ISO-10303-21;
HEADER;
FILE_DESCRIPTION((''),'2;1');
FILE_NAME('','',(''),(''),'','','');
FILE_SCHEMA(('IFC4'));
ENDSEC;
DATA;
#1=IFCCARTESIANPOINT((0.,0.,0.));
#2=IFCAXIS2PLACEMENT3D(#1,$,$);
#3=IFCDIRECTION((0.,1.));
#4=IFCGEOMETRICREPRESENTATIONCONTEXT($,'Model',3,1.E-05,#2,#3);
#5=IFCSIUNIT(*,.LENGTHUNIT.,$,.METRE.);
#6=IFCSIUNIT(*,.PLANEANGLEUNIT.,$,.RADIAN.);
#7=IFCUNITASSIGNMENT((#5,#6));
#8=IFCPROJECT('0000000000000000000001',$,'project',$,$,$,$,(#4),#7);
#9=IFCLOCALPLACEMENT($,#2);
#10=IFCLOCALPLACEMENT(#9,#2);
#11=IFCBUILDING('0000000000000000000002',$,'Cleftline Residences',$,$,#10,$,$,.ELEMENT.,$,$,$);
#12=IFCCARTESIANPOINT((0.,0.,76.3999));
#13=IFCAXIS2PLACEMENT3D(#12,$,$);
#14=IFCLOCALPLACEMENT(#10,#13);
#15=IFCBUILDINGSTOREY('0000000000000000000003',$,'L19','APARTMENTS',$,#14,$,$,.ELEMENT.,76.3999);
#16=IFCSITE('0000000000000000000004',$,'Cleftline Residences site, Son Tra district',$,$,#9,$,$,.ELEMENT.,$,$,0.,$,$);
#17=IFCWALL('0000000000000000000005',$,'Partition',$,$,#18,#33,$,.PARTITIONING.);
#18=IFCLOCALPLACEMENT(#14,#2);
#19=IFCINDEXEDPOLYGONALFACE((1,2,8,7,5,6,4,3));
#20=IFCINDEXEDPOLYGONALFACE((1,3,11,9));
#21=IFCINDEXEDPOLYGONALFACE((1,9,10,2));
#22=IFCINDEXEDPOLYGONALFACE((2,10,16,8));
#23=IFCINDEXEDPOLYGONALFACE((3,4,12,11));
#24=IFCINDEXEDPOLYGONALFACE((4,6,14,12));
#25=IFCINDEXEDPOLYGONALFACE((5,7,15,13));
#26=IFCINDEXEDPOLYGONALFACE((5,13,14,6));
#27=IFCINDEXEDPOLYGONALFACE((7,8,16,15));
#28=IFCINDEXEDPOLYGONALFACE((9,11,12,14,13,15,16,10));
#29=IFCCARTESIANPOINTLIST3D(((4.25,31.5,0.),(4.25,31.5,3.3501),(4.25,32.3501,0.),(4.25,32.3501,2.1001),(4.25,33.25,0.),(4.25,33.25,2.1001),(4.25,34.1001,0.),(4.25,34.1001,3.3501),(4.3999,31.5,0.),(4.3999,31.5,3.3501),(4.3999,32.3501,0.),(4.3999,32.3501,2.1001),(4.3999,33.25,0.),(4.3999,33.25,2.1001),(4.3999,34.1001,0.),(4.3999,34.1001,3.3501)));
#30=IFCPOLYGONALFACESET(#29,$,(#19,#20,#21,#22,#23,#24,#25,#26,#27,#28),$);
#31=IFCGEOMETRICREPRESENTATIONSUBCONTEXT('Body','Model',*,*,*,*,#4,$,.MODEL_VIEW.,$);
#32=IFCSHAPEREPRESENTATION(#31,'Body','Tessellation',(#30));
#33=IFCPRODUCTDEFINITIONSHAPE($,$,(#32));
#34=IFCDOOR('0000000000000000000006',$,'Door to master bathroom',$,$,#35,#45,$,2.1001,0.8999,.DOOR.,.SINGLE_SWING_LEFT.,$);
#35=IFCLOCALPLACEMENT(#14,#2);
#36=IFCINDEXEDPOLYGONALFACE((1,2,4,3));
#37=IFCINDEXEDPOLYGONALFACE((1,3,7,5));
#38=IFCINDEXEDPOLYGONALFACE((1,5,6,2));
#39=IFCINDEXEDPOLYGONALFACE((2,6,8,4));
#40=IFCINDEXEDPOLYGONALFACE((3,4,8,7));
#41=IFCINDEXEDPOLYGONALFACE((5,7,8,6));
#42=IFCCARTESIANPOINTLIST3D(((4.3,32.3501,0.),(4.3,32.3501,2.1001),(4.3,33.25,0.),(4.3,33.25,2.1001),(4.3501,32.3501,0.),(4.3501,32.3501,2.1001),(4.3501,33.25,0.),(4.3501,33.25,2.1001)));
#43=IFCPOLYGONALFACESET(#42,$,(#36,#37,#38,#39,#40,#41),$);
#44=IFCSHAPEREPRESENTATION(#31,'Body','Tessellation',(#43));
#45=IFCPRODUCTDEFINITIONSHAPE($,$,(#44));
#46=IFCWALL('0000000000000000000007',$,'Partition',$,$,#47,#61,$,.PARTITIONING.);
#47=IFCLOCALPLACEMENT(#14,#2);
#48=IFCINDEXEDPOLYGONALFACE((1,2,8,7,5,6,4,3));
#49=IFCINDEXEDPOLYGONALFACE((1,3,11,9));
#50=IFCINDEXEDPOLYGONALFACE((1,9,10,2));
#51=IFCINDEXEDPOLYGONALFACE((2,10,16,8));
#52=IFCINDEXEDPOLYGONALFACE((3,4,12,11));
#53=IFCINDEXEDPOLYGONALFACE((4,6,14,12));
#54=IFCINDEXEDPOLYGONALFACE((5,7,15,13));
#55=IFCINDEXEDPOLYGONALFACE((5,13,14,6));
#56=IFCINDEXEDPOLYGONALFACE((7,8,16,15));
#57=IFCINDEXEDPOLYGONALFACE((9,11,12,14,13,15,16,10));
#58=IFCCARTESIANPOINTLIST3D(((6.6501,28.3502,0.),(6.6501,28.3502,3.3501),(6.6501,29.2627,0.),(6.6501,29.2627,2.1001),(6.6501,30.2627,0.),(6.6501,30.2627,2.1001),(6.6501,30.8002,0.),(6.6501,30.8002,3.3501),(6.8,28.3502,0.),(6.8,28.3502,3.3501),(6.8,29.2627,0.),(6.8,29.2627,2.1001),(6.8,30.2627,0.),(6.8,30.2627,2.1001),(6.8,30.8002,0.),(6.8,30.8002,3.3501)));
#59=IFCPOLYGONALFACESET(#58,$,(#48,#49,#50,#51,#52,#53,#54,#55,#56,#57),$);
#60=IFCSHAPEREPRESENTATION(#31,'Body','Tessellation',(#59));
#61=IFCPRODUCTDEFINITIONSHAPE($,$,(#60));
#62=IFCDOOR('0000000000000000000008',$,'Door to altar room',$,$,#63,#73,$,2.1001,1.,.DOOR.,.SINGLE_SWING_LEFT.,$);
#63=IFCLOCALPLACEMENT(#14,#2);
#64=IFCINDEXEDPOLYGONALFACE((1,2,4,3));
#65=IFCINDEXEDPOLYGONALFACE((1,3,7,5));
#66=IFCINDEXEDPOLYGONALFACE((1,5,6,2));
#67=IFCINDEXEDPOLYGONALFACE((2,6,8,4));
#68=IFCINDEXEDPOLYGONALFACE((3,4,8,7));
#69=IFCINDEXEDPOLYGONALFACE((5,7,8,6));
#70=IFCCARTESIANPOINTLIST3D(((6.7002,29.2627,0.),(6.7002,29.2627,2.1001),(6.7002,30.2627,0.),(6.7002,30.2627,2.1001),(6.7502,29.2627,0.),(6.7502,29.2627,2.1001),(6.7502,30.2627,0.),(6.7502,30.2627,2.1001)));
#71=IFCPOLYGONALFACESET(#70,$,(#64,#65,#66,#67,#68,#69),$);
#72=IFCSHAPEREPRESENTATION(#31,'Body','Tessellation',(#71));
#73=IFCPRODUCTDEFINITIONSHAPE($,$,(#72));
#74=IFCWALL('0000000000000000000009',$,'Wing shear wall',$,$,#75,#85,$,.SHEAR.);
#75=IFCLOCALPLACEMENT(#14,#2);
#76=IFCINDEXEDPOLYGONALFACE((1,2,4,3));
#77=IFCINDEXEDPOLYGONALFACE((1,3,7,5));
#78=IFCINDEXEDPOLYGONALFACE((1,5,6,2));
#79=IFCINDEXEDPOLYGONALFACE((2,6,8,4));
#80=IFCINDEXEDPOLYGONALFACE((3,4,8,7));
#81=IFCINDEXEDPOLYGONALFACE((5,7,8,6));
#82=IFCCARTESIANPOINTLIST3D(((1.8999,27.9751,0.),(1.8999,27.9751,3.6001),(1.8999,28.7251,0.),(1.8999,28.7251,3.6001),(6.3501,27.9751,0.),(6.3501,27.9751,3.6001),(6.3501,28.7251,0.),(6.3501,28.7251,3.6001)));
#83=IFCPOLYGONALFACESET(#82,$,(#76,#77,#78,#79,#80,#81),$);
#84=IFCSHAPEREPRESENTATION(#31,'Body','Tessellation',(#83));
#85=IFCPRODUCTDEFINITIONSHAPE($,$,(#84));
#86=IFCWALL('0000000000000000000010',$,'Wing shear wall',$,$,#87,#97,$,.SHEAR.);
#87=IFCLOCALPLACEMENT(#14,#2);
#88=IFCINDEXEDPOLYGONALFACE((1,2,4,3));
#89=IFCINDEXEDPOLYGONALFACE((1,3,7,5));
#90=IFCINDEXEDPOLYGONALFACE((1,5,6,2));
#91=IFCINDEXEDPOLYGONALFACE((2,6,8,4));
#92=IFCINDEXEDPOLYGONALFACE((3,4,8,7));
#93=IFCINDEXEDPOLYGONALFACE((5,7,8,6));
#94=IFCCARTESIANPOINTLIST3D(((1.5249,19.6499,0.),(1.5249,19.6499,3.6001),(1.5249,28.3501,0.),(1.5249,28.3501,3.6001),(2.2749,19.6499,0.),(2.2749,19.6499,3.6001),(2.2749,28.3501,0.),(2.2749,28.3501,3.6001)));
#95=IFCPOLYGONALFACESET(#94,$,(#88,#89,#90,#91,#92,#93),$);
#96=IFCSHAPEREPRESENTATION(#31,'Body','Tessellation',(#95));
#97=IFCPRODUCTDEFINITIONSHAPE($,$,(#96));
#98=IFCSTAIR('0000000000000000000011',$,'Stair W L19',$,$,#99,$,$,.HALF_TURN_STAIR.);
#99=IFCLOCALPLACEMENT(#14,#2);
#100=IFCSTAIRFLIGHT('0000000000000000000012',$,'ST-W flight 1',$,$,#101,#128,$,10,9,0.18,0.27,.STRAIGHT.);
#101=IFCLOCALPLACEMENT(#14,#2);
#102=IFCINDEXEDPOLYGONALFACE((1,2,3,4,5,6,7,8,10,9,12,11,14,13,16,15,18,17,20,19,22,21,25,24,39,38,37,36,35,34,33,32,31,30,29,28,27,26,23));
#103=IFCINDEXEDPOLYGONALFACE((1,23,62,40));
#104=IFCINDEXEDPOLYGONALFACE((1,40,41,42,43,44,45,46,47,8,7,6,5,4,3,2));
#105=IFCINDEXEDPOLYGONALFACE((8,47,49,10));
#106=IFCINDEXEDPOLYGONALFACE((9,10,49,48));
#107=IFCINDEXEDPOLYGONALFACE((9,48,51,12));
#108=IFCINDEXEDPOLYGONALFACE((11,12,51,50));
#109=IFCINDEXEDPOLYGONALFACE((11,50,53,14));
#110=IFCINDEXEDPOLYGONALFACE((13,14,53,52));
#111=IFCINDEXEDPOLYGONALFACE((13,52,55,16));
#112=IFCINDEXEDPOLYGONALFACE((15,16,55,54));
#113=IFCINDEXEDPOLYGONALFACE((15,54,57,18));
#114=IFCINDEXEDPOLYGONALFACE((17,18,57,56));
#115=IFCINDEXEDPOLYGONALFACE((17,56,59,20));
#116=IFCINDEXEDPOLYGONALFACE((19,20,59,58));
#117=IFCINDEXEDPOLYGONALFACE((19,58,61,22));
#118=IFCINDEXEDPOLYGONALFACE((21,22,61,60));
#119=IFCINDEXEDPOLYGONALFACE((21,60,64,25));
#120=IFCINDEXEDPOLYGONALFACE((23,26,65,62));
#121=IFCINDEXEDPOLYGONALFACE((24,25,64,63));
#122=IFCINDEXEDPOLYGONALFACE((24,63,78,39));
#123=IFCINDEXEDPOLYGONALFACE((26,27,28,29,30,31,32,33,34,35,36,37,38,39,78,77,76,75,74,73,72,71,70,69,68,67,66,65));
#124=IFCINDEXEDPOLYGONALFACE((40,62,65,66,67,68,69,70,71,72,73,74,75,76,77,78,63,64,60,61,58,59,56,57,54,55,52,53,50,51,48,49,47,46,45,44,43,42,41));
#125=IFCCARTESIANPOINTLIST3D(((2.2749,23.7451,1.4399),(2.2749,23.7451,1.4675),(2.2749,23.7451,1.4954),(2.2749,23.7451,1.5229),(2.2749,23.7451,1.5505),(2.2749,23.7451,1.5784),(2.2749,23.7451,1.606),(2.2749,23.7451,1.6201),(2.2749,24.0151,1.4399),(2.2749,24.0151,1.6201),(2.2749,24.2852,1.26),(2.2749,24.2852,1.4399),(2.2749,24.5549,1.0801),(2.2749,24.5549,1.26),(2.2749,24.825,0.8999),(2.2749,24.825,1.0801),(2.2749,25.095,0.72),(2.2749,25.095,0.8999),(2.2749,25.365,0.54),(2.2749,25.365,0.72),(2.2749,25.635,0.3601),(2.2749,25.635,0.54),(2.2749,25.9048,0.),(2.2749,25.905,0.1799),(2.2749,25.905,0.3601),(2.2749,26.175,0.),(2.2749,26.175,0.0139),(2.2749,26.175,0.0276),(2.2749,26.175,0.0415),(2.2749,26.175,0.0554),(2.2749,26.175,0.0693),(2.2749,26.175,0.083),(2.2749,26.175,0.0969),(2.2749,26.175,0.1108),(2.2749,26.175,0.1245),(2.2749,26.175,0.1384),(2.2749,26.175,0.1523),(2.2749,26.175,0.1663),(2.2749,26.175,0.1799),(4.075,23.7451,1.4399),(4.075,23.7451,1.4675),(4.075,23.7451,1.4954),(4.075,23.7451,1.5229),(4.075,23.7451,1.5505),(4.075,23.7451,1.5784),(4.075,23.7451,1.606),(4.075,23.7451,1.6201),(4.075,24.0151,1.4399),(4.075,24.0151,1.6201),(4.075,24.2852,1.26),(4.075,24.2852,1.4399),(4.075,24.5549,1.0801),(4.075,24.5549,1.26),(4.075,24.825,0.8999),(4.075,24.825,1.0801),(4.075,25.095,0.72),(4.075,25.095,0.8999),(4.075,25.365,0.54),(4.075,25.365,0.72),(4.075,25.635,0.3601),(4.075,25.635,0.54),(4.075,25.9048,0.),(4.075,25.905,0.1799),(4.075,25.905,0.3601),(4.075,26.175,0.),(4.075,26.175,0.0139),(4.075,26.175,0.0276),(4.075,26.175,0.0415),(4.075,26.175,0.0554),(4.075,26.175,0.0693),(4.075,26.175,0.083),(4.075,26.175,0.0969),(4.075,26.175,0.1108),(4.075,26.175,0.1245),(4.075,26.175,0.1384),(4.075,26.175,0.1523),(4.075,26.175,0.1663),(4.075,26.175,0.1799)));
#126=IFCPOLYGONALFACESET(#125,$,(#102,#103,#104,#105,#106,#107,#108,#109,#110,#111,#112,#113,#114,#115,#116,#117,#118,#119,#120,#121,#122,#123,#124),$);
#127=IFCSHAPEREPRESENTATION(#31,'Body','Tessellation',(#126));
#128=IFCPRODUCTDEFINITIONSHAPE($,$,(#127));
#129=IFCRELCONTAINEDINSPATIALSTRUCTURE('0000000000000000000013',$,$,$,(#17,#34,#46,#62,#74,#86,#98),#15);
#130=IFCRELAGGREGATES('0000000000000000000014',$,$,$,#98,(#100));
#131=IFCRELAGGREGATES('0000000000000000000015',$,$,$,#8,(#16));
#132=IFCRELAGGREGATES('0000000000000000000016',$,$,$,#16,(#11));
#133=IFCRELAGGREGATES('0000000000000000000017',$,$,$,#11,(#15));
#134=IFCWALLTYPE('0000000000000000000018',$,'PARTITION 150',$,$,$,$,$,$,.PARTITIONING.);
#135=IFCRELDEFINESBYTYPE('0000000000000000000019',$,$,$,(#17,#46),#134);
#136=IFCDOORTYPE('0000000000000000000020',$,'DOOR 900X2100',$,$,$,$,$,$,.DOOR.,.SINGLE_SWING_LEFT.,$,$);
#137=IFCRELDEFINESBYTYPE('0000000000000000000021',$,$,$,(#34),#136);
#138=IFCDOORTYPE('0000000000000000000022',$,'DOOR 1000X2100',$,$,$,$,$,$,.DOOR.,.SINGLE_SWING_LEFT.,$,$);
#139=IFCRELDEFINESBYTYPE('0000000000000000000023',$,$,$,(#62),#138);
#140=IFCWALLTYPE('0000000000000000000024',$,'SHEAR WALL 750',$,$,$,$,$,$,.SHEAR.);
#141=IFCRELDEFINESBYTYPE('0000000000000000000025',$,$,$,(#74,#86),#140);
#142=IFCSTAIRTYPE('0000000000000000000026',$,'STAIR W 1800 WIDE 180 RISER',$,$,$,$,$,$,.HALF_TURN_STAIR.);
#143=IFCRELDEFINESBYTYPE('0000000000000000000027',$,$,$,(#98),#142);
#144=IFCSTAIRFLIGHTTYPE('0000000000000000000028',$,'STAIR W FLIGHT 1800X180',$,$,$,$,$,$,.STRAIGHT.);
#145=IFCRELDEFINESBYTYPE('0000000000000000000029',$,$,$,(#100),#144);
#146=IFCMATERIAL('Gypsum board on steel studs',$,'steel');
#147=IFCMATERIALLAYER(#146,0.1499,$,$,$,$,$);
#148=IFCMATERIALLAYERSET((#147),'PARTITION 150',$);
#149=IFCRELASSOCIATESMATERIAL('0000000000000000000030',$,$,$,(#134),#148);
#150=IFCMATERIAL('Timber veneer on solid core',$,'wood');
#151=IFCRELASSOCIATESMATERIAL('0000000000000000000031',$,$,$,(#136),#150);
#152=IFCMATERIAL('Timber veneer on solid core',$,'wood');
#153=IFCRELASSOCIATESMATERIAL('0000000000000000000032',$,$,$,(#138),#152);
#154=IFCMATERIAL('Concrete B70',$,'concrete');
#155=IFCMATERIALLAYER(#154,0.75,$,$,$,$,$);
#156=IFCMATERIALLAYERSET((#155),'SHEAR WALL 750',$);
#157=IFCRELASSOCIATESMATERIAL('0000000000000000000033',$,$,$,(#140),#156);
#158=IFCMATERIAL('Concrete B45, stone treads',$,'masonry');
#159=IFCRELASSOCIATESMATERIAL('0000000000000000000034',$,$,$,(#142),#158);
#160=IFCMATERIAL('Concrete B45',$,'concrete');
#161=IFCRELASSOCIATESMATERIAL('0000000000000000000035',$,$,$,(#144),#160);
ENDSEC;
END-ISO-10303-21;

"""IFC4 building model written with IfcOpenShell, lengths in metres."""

from ifc_helpers import new_model, si_unit, direction, frame, frame_2d, origin, place, context, subcontext, project, spatial, polyline, rectangle, outline, extrude, material, layer, layer_set, type_object, element, fill, aggregate, save


model = new_model("IFC4")

# Units and contexts
model_context = context("Model", 3, precision=1e-05, world=origin(), true_north=direction((0.0, 1.0)))
body_context = subcontext(model_context, "Body", "Model", "MODEL_VIEW")
ifc_project = project(units=[si_unit("LENGTHUNIT", "METRE"), si_unit("PLANEANGLEUNIT", "RADIAN")], contexts=[model_context])

# Site, building, storey
site_placement = place(None, origin())
site = spatial("IfcSite", under=ifc_project, at=site_placement, Name="Cleftline Residences site, Son Tra district", CompositionType="ELEMENT", RefElevation=0.0)
building_placement = place(site_placement, origin())
building = spatial("IfcBuilding", under=site, at=building_placement, Name="Cleftline Residences", CompositionType="ELEMENT")
storey_placement = place(building_placement, frame((0.0, 0.0, 76.3999)))
storey = spatial("IfcBuildingStorey", under=building, at=storey_placement, Name="L19", Description="APARTMENTS", CompositionType="ELEMENT", Elevation=76.3999)

# Shared definitions
ifc_material_1 = material(Name="Gypsum board on steel studs", Category="steel")
ifc_layer_1 = layer(ifc_material_1, 0.1499)
ifc_layer_set_1 = layer_set([ifc_layer_1], Name="PARTITION 150")
wall_type_1 = type_object("IfcWallType", Name="PARTITION 150", PredefinedType="PARTITIONING", material=ifc_layer_set_1)

# Walls, openings, doors
wall_1_placement = place(storey_placement, frame((4.325, 31.5, 0.0), z_axis=(0.0, 0.0, 1.0), x_axis=(0.0, 1.0, 0.0)))
wall_1 = element("IfcWall", 1, at=wall_1_placement, inside=storey, type_object=wall_type_1, Name="Partition", PredefinedType="PARTITIONING", context=body_context, shape_type="SweptSolid", body=[
    extrude(rectangle(XDim=2.6001, YDim=0.1499, at=frame_2d((1.3, 0.0))), origin(), (0.0, 0.0, 1.0), 3.3501),
])
opening_1_placement = place(wall_1_placement, frame((0.8501, 0.0, 0.0)))
opening_1 = element("IfcOpeningElement", 2, at=opening_1_placement, cuts=wall_1, PredefinedType="OPENING", context=body_context, shape_type="SweptSolid", body=[
    extrude(rectangle(XDim=0.8999, YDim=2.1001, at=frame_2d((0.45, 1.05))), frame((0.0, 0.085, 0.0), z_axis=(0.0, -1.0, 0.0), x_axis=(1.0, 0.0, 0.0)), (0.0, 0.0, 1.0), 0.1699),
])
ifc_material_2 = material(Name="Timber veneer on solid core", Category="wood")
door_type_1 = type_object("IfcDoorType", Name="DOOR 900X2100", OperationType="SINGLE_SWING_LEFT", PredefinedType="DOOR", material=ifc_material_2)
door_1_placement = place(opening_1_placement, origin())
door_1 = element("IfcDoor", 3, at=door_1_placement, inside=storey, type_object=door_type_1, Name="Door to master bathroom", OperationType="SINGLE_SWING_LEFT", OverallHeight=2.1001, OverallWidth=0.8999, PredefinedType="DOOR", context=body_context, shape_type="SweptSolid", body=[
    extrude(rectangle(XDim=0.8999, YDim=2.1001, at=frame_2d((0.45, 1.05))), frame((0.0, 0.0249, 0.0), z_axis=(0.0, -1.0, 0.0), x_axis=(1.0, 0.0, 0.0)), (0.0, 0.0, 1.0), 0.05),
])
fill(opening_1, door_1)
wall_2_placement = place(storey_placement, frame((6.7251, 28.3501, 0.0), z_axis=(0.0, 0.0, 1.0), x_axis=(0.0, 1.0, 0.0)))
wall_2 = element("IfcWall", 4, at=wall_2_placement, inside=storey, type_object=wall_type_1, Name="Partition", PredefinedType="PARTITIONING", context=body_context, shape_type="SweptSolid", body=[
    extrude(rectangle(XDim=2.45, YDim=0.1499, at=frame_2d((1.2251, 0.0))), origin(), (0.0, 0.0, 1.0), 3.3501),
])
opening_2_placement = place(wall_2_placement, frame((0.9126, 0.0, 0.0)))
opening_2 = element("IfcOpeningElement", 5, at=opening_2_placement, cuts=wall_2, PredefinedType="OPENING", context=body_context, shape_type="SweptSolid", body=[
    extrude(rectangle(XDim=1.0, YDim=2.1001, at=frame_2d((0.5, 1.05))), frame((0.0, 0.085, 0.0), z_axis=(0.0, -1.0, 0.0), x_axis=(1.0, 0.0, 0.0)), (0.0, 0.0, 1.0), 0.1699),
])
ifc_material_3 = material(Name="Timber veneer on solid core", Category="wood")
door_type_2 = type_object("IfcDoorType", Name="DOOR 1000X2100", OperationType="SINGLE_SWING_LEFT", PredefinedType="DOOR", material=ifc_material_3)
door_2_placement = place(opening_2_placement, origin())
door_2 = element("IfcDoor", 6, at=door_2_placement, inside=storey, type_object=door_type_2, Name="Door to altar room", OperationType="SINGLE_SWING_LEFT", OverallHeight=2.1001, OverallWidth=1.0, PredefinedType="DOOR", context=body_context, shape_type="SweptSolid", body=[
    extrude(rectangle(XDim=1.0, YDim=2.1001, at=frame_2d((0.5, 1.05))), frame((0.0, 0.0249, 0.0), z_axis=(0.0, -1.0, 0.0), x_axis=(1.0, 0.0, 0.0)), (0.0, 0.0, 1.0), 0.05),
])
fill(opening_2, door_2)

# Walls
ifc_material_4 = material(Name="Concrete B70", Category="concrete")
ifc_layer_2 = layer(ifc_material_4, 0.75)
ifc_layer_set_2 = layer_set([ifc_layer_2], Name="SHEAR WALL 750")
wall_type_2 = type_object("IfcWallType", Name="SHEAR WALL 750", PredefinedType="SHEAR", material=ifc_layer_set_2)
wall_3_placement = place(storey_placement, frame((6.3501, 28.3501, 0.0), z_axis=(0.0, 0.0, 1.0), x_axis=(-1.0, 0.0, 0.0)))
element("IfcWall", 7, at=wall_3_placement, inside=storey, type_object=wall_type_2, Name="Wing shear wall", PredefinedType="SHEAR", context=body_context, shape_type="SweptSolid", body=[
    extrude(rectangle(XDim=4.4502, YDim=0.75, at=frame_2d((2.2251, 0.0))), origin(), (0.0, 0.0, 1.0), 3.6001),
])
wall_4_placement = place(storey_placement, frame((1.8999, 28.3501, 0.0), z_axis=(0.0, 0.0, 1.0), x_axis=(0.0, -1.0, 0.0)))
element("IfcWall", 8, at=wall_4_placement, inside=storey, type_object=wall_type_2, Name="Wing shear wall", PredefinedType="SHEAR", context=body_context, shape_type="SweptSolid", body=[
    extrude(rectangle(XDim=8.7002, YDim=0.75, at=frame_2d((4.3501, 0.0))), origin(), (0.0, 0.0, 1.0), 3.6001),
])

# Stair, stair flight
ifc_material_5 = material(Name="Concrete B45, stone treads", Category="masonry")
stair_type = type_object("IfcStairType", Name="STAIR W 1800 WIDE 180 RISER", PredefinedType="HALF_TURN_STAIR", material=ifc_material_5)
stair_placement = place(storey_placement, origin())
stair = element("IfcStair", 9, at=stair_placement, inside=storey, type_object=stair_type, Name="Stair W L19", PredefinedType="HALF_TURN_STAIR")
ifc_material_6 = material(Name="Concrete B45", Category="concrete")
stair_flight_type = type_object("IfcStairFlightType", Name="STAIR W FLIGHT 1800X180", PredefinedType="STRAIGHT", material=ifc_material_6)
stair_flight_1_placement = place(storey_placement, frame((3.175, 26.175, 0.0), z_axis=(0.0, 0.0, 1.0), x_axis=(0.0, -1.0, 0.0)))
stair_flight_1 = element("IfcStairFlight", 10, at=stair_flight_1_placement, type_object=stair_flight_type, Name="ST-W flight 1", NumberOfRisers=10, NumberOfTreads=9, PredefinedType="STRAIGHT", RiserHeight=0.18, TreadLength=0.27, context=body_context, shape_type="SweptSolid", body=[
    extrude(outline(polyline([(0.0, 0.0), (0.0, 0.0139), (0.0, 0.0276), (0.0, 0.0415), (0.0, 0.0554), (0.0, 0.0693), (0.0, 0.083), (0.0, 0.0969), (0.0, 0.1108), (0.0, 0.1245), (0.0, 0.1384), (0.0, 0.1523), (0.0, 0.1663), (0.0, 0.1799), (0.27, 0.1799), (0.27, 0.3601), (0.54, 0.3601), (0.54, 0.54), (0.8101, 0.54), (0.8101, 0.72), (1.0801, 0.72), (1.0801, 0.8999), (1.3501, 0.8999), (1.3501, 1.0801), (1.6201, 1.0801), (1.6201, 1.26), (1.8899, 1.26), (1.8899, 1.4399), (2.1599, 1.4399), (2.1599, 1.6201), (2.4299, 1.6201), (2.4299, 1.8), (2.4299, 1.7722), (2.4299, 1.7446), (2.4299, 1.7168), (2.4299, 1.6892), (2.4299, 1.6614), (2.4299, 1.6338), (2.4299, 1.606), (2.4299, 1.5784), (2.4299, 1.5505), (2.4299, 1.5229), (2.4299, 1.4954), (2.4299, 1.4675), (2.4299, 1.4399), (0.2703, 0.0), (0.0, 0.0)])), frame((0.0, 0.8999, 0.0), z_axis=(0.0, -1.0, 0.0), x_axis=(1.0, 0.0, 0.0)), (0.0, 0.0, 1.0), 1.8),
])
aggregate(stair, [stair_flight_1])

save(model, "model.ifc")
